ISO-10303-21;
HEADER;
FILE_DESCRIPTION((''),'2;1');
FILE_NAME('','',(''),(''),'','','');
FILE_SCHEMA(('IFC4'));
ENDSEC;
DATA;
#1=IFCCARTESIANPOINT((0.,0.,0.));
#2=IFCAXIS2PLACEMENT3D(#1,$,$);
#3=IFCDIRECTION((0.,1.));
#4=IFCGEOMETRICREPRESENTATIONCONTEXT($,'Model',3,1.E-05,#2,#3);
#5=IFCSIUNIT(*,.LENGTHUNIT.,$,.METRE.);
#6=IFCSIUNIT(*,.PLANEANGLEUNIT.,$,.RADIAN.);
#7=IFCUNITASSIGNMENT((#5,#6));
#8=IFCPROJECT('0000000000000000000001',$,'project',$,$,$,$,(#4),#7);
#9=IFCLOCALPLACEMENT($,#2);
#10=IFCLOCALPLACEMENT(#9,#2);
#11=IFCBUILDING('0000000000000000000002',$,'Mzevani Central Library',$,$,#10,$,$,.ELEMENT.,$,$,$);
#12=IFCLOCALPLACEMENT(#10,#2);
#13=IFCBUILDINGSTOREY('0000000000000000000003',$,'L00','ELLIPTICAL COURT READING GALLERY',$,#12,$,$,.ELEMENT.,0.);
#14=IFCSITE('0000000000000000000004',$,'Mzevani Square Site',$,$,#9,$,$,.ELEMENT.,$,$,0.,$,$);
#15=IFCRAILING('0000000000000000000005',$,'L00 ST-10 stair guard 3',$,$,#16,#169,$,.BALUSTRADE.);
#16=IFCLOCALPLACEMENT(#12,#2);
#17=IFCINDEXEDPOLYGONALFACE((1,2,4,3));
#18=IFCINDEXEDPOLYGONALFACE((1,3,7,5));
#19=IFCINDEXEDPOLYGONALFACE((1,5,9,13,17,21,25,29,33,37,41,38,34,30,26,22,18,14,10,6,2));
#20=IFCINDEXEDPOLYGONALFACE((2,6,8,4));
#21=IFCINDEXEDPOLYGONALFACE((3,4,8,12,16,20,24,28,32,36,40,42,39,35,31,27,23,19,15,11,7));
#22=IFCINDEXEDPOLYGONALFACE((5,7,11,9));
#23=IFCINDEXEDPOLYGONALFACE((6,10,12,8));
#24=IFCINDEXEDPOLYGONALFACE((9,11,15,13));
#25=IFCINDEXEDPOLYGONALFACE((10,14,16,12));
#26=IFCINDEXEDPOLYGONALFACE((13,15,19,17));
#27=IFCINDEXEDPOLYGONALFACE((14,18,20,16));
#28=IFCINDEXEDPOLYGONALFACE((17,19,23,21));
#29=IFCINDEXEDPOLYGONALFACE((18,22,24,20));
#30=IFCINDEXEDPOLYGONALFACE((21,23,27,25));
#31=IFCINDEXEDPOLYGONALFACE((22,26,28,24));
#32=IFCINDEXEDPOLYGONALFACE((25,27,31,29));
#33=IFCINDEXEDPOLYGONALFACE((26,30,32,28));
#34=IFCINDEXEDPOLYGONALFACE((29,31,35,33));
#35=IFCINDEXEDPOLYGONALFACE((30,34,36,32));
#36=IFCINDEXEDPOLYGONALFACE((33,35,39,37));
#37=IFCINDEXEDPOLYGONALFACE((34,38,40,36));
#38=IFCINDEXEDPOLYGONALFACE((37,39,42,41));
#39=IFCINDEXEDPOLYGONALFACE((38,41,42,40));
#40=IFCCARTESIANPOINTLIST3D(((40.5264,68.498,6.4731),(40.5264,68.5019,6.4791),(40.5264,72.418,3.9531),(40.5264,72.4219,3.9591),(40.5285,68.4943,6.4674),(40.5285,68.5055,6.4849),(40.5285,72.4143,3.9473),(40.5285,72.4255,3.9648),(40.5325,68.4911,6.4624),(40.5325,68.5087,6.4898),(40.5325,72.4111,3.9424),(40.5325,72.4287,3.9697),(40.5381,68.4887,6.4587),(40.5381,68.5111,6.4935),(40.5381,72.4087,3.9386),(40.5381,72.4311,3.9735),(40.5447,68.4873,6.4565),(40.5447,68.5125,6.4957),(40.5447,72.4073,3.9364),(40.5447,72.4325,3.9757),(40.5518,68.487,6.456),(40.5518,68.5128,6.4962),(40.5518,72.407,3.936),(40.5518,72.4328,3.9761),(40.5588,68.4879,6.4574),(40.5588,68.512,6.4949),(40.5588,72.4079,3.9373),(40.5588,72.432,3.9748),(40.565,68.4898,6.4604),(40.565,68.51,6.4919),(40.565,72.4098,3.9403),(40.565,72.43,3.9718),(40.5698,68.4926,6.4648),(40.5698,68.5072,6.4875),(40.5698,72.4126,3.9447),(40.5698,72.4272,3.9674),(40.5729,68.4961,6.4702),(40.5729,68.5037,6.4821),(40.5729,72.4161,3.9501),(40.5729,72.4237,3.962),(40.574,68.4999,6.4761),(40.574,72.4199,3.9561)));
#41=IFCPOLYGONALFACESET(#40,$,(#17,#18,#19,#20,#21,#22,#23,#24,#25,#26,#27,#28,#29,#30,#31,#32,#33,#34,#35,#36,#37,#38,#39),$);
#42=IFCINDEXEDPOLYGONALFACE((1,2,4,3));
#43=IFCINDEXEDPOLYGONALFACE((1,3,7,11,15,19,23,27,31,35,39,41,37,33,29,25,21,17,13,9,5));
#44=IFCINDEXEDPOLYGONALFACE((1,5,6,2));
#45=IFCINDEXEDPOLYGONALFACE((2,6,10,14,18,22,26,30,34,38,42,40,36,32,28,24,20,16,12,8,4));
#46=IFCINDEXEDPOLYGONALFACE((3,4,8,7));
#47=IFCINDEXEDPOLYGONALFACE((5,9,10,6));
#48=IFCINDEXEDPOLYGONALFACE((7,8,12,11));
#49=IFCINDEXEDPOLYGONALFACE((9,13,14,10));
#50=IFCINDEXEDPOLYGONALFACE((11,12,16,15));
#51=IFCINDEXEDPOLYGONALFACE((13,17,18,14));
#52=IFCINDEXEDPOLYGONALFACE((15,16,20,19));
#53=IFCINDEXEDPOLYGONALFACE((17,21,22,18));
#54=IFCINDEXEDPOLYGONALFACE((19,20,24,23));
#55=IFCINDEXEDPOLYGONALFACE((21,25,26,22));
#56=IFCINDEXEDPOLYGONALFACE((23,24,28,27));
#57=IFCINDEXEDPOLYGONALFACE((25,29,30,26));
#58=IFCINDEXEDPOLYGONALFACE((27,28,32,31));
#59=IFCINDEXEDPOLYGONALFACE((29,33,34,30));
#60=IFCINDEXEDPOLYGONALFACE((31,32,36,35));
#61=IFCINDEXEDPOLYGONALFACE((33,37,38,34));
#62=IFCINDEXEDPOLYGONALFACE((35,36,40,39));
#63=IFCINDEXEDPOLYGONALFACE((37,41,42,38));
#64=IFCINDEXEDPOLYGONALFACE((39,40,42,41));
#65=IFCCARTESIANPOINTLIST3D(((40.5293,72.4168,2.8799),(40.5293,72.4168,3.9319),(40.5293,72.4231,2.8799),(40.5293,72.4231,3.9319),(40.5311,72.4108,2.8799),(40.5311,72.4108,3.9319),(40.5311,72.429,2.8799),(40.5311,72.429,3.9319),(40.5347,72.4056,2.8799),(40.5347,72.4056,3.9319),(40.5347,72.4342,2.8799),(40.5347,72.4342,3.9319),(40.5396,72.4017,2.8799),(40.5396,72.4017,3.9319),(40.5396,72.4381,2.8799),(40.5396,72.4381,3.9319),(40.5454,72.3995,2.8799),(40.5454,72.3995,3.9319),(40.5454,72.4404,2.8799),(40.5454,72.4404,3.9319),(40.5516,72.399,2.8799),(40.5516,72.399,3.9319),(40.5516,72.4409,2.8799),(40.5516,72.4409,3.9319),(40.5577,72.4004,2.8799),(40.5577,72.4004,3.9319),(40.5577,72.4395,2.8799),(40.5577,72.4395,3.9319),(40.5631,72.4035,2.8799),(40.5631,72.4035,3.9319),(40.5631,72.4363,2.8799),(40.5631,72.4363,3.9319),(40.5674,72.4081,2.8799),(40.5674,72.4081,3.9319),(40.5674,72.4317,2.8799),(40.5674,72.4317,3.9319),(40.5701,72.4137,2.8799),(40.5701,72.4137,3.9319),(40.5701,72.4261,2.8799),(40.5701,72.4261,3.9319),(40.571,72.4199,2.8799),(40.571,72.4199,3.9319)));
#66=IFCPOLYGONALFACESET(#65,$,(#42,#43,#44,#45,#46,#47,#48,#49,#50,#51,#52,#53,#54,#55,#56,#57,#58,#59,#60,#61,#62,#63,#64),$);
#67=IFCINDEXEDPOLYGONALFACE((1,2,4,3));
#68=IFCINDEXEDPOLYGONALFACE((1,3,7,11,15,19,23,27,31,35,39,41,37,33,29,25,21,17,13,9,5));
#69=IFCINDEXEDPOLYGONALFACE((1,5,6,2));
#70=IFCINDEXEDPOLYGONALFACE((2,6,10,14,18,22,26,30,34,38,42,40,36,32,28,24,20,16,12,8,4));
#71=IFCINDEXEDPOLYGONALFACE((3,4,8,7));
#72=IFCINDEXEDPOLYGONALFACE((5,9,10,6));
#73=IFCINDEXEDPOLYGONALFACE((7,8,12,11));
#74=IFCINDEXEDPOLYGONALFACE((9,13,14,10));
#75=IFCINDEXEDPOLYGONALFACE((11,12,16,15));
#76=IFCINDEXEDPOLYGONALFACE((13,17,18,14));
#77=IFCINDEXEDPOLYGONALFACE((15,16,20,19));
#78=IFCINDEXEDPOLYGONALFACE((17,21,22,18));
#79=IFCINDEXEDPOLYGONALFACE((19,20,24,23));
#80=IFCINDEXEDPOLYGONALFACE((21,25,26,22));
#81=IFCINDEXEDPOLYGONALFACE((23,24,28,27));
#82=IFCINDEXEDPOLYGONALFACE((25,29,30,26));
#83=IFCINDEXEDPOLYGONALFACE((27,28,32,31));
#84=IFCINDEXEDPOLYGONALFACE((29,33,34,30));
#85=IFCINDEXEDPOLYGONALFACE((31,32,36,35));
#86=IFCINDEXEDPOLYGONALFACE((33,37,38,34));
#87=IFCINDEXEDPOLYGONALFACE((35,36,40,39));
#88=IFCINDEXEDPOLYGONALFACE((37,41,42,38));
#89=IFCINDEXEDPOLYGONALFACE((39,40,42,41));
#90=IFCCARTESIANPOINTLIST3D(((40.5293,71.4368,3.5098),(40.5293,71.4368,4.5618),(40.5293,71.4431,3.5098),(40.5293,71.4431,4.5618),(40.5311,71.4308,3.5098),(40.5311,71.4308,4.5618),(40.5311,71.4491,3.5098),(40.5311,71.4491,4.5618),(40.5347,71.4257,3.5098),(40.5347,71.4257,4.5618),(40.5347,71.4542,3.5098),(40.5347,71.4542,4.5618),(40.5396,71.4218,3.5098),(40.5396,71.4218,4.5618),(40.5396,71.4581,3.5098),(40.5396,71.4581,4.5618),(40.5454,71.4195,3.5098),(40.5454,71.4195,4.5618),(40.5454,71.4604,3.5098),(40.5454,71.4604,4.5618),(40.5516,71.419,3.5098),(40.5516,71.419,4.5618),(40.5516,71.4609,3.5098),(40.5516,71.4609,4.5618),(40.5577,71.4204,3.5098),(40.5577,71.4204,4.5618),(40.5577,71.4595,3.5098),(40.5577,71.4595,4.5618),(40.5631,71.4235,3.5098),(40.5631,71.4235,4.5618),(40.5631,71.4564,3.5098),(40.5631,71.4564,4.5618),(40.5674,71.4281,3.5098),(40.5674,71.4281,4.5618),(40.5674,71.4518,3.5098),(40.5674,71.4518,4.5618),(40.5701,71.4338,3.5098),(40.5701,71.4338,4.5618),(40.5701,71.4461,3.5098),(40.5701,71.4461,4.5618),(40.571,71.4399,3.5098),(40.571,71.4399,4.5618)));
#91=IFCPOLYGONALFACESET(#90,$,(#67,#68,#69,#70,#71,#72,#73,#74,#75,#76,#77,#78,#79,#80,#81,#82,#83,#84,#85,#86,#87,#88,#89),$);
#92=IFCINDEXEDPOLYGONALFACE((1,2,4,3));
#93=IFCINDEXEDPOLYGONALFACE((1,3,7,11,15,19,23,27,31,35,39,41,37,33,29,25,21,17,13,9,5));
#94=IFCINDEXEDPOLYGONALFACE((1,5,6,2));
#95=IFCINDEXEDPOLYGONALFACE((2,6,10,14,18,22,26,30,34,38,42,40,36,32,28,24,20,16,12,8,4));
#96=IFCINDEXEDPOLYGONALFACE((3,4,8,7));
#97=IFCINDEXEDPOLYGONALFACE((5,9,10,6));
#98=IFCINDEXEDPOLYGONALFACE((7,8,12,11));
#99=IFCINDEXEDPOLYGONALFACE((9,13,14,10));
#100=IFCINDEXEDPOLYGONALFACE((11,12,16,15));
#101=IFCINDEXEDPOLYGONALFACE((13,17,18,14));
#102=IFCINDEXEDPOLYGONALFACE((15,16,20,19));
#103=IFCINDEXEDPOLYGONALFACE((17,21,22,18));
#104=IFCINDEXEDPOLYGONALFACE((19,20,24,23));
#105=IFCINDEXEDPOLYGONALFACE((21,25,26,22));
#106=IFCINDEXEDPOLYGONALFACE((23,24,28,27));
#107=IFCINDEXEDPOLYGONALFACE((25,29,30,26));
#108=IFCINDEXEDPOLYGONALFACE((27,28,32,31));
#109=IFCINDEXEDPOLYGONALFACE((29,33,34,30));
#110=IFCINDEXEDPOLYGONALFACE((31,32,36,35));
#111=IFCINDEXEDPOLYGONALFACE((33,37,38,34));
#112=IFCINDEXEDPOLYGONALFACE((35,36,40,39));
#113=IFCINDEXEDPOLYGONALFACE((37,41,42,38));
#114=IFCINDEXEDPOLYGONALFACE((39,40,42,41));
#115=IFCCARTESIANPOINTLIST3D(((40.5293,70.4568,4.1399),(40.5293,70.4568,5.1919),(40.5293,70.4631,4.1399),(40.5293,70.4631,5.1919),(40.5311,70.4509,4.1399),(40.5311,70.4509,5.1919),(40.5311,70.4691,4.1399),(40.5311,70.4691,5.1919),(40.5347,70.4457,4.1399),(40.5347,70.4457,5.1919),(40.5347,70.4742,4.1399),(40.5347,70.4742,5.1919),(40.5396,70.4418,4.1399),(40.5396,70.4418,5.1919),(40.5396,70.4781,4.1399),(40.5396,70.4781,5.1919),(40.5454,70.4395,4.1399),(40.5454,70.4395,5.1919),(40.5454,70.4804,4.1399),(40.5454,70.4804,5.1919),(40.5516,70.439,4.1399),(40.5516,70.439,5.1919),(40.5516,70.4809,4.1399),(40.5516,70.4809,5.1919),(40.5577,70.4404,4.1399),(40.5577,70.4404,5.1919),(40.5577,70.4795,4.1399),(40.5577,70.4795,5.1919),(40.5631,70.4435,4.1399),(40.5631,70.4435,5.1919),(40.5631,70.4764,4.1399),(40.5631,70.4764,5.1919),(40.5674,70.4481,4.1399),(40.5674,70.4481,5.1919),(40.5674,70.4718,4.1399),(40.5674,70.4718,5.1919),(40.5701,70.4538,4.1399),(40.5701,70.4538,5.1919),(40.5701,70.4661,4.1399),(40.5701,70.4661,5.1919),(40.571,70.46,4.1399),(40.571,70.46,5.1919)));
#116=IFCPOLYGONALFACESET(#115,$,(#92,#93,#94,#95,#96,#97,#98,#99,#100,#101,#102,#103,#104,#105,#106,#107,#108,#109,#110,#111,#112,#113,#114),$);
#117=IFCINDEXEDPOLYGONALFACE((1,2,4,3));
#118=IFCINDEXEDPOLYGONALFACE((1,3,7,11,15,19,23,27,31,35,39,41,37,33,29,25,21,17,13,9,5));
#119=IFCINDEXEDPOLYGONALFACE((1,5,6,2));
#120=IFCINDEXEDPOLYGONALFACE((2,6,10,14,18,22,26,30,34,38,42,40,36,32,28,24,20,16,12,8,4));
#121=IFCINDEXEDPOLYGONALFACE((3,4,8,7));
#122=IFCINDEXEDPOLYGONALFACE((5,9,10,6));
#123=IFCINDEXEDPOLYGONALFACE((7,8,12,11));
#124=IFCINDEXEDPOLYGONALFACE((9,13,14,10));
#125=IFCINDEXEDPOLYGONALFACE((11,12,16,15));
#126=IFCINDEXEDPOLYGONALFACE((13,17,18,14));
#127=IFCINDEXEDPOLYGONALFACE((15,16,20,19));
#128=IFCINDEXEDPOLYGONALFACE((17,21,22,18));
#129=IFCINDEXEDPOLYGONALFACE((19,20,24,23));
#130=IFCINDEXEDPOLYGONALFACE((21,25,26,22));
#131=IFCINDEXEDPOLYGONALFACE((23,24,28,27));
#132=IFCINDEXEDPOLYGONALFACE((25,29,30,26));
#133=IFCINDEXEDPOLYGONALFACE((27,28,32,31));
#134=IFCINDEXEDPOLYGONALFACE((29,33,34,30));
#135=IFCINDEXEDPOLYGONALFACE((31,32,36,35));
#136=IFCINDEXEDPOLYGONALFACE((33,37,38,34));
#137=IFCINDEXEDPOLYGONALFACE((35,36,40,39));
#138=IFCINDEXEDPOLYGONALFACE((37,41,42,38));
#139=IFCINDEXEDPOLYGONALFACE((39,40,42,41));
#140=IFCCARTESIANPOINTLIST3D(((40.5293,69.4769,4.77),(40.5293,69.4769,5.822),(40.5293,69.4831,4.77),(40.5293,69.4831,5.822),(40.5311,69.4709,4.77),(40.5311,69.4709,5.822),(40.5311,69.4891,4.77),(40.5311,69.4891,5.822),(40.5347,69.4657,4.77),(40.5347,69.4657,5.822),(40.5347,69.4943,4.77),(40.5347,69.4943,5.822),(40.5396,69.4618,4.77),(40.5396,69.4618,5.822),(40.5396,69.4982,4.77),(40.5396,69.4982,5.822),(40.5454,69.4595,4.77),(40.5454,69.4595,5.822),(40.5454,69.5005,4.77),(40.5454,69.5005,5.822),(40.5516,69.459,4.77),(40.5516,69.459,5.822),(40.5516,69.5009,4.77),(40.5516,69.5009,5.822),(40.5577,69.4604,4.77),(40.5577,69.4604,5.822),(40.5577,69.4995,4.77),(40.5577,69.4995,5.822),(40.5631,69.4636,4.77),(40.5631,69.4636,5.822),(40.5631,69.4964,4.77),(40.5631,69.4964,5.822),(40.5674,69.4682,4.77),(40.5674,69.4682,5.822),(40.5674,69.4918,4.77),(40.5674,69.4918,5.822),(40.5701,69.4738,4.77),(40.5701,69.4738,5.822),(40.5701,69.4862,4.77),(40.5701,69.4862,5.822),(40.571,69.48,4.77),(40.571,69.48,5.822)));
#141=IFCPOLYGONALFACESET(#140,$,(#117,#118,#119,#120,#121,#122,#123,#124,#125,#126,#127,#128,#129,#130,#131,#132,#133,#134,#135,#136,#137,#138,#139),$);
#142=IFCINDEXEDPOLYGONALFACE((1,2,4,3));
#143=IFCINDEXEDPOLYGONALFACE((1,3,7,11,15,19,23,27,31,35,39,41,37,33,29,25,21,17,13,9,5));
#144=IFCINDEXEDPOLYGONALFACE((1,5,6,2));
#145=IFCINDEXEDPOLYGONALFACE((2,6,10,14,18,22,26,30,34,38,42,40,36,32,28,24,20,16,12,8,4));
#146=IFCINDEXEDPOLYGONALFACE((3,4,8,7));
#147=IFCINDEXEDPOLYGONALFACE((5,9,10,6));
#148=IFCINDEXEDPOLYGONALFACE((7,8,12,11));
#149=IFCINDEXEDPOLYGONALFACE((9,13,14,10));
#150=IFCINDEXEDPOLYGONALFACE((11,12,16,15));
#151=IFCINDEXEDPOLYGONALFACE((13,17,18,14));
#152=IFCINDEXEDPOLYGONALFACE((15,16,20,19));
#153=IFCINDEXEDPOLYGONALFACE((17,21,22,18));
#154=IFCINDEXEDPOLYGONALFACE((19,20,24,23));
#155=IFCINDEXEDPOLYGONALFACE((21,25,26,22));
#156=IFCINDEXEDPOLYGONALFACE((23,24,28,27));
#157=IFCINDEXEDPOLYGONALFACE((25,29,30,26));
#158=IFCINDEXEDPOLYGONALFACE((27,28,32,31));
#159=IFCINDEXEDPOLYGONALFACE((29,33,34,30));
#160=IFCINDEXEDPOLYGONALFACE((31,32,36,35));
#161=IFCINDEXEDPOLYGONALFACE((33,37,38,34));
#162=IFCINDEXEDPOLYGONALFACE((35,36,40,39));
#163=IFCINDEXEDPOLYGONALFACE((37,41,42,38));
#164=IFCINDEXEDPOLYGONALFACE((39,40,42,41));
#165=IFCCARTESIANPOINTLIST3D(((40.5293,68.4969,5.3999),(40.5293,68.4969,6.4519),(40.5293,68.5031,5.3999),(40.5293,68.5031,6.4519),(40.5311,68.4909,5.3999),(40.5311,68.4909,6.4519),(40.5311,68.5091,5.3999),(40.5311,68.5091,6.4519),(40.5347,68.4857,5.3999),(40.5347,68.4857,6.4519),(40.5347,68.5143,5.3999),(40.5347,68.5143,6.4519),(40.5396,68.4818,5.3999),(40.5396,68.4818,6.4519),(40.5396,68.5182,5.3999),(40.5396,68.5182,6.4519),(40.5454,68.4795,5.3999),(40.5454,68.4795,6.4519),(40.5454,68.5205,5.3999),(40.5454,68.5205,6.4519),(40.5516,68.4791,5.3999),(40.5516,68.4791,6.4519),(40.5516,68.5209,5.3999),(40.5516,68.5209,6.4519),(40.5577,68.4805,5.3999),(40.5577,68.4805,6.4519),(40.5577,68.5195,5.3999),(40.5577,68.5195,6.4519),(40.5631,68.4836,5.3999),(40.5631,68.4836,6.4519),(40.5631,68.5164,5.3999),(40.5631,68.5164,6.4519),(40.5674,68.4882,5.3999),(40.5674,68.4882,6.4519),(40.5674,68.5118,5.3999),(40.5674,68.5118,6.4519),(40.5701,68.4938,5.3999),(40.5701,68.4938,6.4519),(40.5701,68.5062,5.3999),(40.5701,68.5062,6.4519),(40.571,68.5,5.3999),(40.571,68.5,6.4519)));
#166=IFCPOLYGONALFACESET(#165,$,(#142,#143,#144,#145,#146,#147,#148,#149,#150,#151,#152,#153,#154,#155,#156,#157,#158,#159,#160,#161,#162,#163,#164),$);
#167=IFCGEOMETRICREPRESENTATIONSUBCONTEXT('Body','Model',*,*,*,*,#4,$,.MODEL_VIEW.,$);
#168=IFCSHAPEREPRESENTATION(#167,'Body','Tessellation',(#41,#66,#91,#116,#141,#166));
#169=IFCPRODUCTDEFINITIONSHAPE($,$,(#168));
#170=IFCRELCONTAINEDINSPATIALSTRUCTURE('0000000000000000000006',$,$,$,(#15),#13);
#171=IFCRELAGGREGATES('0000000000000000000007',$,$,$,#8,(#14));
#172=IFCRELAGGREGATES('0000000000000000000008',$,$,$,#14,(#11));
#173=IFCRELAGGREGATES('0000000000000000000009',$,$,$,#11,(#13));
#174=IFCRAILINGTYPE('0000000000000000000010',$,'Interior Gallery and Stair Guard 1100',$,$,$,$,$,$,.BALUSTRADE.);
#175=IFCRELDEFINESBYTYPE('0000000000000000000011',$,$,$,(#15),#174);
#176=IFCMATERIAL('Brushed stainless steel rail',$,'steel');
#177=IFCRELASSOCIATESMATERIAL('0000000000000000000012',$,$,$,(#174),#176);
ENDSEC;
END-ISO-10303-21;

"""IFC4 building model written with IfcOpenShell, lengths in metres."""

from ifc_helpers import new_model, si_unit, direction, frame, origin, origin_2d, place, context, subcontext, project, spatial, circle, extrude, material, type_object, element, save


model = new_model("IFC4")

# Units and contexts
model_context = context("Model", 3, precision=1e-05, world=origin(), true_north=direction((0.0, 1.0)))
body_context = subcontext(model_context, "Body", "Model", "MODEL_VIEW")
ifc_project = project(units=[si_unit("LENGTHUNIT", "METRE"), si_unit("PLANEANGLEUNIT", "RADIAN")], contexts=[model_context])

# Site, building, storey
site_placement = place(None, origin())
site = spatial("IfcSite", under=ifc_project, at=site_placement, Name="Mzevani Square Site", CompositionType="ELEMENT", RefElevation=0.0)
building_placement = place(site_placement, origin())
building = spatial("IfcBuilding", under=site, at=building_placement, Name="Mzevani Central Library", CompositionType="ELEMENT")
storey_placement = place(building_placement, origin())
storey = spatial("IfcBuildingStorey", under=building, at=storey_placement, Name="L00", Description="ELLIPTICAL COURT READING GALLERY", CompositionType="ELEMENT", Elevation=0.0)

# Railing
ifc_material_1 = material(Name="Brushed stainless steel rail", Category="steel")
railing_type_1 = type_object("IfcRailingType", Name="Interior Gallery and Stair Guard 1100", PredefinedType="BALUSTRADE", material=ifc_material_1)
railing_1_placement = place(storey_placement, frame((40.55, 72.4199, 2.8799)))
element("IfcRailing", 1, at=railing_1_placement, inside=storey, type_object=railing_type_1, Name="L00 ST-10 stair guard 3", PredefinedType="BALUSTRADE", context=body_context, shape_type="SweptSolid", body=[
    extrude(circle(Radius=0.0239, at=origin_2d()), frame((0.0, 0.0, 1.0762), z_axis=(0.0, -0.841172, 0.540768), x_axis=(1.0, 0.0, 0.0)), (0.0, 0.0, 1.0), 4.6602),
    extrude(circle(Radius=0.021, at=origin_2d()), origin(), (0.0, 0.0, 1.0), 1.052),
    extrude(circle(Radius=0.021, at=origin_2d()), frame((0.0, -0.98, 0.6299)), (0.0, 0.0, 1.0), 1.052),
    extrude(circle(Radius=0.021, at=origin_2d()), frame((0.0, -1.96, 1.26)), (0.0, 0.0, 1.0), 1.052),
    extrude(circle(Radius=0.021, at=origin_2d()), frame((0.0, -2.9399, 1.8901)), (0.0, 0.0, 1.0), 1.052),
    extrude(circle(Radius=0.021, at=origin_2d()), frame((0.0, -3.9199, 2.52)), (0.0, 0.0, 1.0), 1.052),
])

save(model, "model.ifc")
